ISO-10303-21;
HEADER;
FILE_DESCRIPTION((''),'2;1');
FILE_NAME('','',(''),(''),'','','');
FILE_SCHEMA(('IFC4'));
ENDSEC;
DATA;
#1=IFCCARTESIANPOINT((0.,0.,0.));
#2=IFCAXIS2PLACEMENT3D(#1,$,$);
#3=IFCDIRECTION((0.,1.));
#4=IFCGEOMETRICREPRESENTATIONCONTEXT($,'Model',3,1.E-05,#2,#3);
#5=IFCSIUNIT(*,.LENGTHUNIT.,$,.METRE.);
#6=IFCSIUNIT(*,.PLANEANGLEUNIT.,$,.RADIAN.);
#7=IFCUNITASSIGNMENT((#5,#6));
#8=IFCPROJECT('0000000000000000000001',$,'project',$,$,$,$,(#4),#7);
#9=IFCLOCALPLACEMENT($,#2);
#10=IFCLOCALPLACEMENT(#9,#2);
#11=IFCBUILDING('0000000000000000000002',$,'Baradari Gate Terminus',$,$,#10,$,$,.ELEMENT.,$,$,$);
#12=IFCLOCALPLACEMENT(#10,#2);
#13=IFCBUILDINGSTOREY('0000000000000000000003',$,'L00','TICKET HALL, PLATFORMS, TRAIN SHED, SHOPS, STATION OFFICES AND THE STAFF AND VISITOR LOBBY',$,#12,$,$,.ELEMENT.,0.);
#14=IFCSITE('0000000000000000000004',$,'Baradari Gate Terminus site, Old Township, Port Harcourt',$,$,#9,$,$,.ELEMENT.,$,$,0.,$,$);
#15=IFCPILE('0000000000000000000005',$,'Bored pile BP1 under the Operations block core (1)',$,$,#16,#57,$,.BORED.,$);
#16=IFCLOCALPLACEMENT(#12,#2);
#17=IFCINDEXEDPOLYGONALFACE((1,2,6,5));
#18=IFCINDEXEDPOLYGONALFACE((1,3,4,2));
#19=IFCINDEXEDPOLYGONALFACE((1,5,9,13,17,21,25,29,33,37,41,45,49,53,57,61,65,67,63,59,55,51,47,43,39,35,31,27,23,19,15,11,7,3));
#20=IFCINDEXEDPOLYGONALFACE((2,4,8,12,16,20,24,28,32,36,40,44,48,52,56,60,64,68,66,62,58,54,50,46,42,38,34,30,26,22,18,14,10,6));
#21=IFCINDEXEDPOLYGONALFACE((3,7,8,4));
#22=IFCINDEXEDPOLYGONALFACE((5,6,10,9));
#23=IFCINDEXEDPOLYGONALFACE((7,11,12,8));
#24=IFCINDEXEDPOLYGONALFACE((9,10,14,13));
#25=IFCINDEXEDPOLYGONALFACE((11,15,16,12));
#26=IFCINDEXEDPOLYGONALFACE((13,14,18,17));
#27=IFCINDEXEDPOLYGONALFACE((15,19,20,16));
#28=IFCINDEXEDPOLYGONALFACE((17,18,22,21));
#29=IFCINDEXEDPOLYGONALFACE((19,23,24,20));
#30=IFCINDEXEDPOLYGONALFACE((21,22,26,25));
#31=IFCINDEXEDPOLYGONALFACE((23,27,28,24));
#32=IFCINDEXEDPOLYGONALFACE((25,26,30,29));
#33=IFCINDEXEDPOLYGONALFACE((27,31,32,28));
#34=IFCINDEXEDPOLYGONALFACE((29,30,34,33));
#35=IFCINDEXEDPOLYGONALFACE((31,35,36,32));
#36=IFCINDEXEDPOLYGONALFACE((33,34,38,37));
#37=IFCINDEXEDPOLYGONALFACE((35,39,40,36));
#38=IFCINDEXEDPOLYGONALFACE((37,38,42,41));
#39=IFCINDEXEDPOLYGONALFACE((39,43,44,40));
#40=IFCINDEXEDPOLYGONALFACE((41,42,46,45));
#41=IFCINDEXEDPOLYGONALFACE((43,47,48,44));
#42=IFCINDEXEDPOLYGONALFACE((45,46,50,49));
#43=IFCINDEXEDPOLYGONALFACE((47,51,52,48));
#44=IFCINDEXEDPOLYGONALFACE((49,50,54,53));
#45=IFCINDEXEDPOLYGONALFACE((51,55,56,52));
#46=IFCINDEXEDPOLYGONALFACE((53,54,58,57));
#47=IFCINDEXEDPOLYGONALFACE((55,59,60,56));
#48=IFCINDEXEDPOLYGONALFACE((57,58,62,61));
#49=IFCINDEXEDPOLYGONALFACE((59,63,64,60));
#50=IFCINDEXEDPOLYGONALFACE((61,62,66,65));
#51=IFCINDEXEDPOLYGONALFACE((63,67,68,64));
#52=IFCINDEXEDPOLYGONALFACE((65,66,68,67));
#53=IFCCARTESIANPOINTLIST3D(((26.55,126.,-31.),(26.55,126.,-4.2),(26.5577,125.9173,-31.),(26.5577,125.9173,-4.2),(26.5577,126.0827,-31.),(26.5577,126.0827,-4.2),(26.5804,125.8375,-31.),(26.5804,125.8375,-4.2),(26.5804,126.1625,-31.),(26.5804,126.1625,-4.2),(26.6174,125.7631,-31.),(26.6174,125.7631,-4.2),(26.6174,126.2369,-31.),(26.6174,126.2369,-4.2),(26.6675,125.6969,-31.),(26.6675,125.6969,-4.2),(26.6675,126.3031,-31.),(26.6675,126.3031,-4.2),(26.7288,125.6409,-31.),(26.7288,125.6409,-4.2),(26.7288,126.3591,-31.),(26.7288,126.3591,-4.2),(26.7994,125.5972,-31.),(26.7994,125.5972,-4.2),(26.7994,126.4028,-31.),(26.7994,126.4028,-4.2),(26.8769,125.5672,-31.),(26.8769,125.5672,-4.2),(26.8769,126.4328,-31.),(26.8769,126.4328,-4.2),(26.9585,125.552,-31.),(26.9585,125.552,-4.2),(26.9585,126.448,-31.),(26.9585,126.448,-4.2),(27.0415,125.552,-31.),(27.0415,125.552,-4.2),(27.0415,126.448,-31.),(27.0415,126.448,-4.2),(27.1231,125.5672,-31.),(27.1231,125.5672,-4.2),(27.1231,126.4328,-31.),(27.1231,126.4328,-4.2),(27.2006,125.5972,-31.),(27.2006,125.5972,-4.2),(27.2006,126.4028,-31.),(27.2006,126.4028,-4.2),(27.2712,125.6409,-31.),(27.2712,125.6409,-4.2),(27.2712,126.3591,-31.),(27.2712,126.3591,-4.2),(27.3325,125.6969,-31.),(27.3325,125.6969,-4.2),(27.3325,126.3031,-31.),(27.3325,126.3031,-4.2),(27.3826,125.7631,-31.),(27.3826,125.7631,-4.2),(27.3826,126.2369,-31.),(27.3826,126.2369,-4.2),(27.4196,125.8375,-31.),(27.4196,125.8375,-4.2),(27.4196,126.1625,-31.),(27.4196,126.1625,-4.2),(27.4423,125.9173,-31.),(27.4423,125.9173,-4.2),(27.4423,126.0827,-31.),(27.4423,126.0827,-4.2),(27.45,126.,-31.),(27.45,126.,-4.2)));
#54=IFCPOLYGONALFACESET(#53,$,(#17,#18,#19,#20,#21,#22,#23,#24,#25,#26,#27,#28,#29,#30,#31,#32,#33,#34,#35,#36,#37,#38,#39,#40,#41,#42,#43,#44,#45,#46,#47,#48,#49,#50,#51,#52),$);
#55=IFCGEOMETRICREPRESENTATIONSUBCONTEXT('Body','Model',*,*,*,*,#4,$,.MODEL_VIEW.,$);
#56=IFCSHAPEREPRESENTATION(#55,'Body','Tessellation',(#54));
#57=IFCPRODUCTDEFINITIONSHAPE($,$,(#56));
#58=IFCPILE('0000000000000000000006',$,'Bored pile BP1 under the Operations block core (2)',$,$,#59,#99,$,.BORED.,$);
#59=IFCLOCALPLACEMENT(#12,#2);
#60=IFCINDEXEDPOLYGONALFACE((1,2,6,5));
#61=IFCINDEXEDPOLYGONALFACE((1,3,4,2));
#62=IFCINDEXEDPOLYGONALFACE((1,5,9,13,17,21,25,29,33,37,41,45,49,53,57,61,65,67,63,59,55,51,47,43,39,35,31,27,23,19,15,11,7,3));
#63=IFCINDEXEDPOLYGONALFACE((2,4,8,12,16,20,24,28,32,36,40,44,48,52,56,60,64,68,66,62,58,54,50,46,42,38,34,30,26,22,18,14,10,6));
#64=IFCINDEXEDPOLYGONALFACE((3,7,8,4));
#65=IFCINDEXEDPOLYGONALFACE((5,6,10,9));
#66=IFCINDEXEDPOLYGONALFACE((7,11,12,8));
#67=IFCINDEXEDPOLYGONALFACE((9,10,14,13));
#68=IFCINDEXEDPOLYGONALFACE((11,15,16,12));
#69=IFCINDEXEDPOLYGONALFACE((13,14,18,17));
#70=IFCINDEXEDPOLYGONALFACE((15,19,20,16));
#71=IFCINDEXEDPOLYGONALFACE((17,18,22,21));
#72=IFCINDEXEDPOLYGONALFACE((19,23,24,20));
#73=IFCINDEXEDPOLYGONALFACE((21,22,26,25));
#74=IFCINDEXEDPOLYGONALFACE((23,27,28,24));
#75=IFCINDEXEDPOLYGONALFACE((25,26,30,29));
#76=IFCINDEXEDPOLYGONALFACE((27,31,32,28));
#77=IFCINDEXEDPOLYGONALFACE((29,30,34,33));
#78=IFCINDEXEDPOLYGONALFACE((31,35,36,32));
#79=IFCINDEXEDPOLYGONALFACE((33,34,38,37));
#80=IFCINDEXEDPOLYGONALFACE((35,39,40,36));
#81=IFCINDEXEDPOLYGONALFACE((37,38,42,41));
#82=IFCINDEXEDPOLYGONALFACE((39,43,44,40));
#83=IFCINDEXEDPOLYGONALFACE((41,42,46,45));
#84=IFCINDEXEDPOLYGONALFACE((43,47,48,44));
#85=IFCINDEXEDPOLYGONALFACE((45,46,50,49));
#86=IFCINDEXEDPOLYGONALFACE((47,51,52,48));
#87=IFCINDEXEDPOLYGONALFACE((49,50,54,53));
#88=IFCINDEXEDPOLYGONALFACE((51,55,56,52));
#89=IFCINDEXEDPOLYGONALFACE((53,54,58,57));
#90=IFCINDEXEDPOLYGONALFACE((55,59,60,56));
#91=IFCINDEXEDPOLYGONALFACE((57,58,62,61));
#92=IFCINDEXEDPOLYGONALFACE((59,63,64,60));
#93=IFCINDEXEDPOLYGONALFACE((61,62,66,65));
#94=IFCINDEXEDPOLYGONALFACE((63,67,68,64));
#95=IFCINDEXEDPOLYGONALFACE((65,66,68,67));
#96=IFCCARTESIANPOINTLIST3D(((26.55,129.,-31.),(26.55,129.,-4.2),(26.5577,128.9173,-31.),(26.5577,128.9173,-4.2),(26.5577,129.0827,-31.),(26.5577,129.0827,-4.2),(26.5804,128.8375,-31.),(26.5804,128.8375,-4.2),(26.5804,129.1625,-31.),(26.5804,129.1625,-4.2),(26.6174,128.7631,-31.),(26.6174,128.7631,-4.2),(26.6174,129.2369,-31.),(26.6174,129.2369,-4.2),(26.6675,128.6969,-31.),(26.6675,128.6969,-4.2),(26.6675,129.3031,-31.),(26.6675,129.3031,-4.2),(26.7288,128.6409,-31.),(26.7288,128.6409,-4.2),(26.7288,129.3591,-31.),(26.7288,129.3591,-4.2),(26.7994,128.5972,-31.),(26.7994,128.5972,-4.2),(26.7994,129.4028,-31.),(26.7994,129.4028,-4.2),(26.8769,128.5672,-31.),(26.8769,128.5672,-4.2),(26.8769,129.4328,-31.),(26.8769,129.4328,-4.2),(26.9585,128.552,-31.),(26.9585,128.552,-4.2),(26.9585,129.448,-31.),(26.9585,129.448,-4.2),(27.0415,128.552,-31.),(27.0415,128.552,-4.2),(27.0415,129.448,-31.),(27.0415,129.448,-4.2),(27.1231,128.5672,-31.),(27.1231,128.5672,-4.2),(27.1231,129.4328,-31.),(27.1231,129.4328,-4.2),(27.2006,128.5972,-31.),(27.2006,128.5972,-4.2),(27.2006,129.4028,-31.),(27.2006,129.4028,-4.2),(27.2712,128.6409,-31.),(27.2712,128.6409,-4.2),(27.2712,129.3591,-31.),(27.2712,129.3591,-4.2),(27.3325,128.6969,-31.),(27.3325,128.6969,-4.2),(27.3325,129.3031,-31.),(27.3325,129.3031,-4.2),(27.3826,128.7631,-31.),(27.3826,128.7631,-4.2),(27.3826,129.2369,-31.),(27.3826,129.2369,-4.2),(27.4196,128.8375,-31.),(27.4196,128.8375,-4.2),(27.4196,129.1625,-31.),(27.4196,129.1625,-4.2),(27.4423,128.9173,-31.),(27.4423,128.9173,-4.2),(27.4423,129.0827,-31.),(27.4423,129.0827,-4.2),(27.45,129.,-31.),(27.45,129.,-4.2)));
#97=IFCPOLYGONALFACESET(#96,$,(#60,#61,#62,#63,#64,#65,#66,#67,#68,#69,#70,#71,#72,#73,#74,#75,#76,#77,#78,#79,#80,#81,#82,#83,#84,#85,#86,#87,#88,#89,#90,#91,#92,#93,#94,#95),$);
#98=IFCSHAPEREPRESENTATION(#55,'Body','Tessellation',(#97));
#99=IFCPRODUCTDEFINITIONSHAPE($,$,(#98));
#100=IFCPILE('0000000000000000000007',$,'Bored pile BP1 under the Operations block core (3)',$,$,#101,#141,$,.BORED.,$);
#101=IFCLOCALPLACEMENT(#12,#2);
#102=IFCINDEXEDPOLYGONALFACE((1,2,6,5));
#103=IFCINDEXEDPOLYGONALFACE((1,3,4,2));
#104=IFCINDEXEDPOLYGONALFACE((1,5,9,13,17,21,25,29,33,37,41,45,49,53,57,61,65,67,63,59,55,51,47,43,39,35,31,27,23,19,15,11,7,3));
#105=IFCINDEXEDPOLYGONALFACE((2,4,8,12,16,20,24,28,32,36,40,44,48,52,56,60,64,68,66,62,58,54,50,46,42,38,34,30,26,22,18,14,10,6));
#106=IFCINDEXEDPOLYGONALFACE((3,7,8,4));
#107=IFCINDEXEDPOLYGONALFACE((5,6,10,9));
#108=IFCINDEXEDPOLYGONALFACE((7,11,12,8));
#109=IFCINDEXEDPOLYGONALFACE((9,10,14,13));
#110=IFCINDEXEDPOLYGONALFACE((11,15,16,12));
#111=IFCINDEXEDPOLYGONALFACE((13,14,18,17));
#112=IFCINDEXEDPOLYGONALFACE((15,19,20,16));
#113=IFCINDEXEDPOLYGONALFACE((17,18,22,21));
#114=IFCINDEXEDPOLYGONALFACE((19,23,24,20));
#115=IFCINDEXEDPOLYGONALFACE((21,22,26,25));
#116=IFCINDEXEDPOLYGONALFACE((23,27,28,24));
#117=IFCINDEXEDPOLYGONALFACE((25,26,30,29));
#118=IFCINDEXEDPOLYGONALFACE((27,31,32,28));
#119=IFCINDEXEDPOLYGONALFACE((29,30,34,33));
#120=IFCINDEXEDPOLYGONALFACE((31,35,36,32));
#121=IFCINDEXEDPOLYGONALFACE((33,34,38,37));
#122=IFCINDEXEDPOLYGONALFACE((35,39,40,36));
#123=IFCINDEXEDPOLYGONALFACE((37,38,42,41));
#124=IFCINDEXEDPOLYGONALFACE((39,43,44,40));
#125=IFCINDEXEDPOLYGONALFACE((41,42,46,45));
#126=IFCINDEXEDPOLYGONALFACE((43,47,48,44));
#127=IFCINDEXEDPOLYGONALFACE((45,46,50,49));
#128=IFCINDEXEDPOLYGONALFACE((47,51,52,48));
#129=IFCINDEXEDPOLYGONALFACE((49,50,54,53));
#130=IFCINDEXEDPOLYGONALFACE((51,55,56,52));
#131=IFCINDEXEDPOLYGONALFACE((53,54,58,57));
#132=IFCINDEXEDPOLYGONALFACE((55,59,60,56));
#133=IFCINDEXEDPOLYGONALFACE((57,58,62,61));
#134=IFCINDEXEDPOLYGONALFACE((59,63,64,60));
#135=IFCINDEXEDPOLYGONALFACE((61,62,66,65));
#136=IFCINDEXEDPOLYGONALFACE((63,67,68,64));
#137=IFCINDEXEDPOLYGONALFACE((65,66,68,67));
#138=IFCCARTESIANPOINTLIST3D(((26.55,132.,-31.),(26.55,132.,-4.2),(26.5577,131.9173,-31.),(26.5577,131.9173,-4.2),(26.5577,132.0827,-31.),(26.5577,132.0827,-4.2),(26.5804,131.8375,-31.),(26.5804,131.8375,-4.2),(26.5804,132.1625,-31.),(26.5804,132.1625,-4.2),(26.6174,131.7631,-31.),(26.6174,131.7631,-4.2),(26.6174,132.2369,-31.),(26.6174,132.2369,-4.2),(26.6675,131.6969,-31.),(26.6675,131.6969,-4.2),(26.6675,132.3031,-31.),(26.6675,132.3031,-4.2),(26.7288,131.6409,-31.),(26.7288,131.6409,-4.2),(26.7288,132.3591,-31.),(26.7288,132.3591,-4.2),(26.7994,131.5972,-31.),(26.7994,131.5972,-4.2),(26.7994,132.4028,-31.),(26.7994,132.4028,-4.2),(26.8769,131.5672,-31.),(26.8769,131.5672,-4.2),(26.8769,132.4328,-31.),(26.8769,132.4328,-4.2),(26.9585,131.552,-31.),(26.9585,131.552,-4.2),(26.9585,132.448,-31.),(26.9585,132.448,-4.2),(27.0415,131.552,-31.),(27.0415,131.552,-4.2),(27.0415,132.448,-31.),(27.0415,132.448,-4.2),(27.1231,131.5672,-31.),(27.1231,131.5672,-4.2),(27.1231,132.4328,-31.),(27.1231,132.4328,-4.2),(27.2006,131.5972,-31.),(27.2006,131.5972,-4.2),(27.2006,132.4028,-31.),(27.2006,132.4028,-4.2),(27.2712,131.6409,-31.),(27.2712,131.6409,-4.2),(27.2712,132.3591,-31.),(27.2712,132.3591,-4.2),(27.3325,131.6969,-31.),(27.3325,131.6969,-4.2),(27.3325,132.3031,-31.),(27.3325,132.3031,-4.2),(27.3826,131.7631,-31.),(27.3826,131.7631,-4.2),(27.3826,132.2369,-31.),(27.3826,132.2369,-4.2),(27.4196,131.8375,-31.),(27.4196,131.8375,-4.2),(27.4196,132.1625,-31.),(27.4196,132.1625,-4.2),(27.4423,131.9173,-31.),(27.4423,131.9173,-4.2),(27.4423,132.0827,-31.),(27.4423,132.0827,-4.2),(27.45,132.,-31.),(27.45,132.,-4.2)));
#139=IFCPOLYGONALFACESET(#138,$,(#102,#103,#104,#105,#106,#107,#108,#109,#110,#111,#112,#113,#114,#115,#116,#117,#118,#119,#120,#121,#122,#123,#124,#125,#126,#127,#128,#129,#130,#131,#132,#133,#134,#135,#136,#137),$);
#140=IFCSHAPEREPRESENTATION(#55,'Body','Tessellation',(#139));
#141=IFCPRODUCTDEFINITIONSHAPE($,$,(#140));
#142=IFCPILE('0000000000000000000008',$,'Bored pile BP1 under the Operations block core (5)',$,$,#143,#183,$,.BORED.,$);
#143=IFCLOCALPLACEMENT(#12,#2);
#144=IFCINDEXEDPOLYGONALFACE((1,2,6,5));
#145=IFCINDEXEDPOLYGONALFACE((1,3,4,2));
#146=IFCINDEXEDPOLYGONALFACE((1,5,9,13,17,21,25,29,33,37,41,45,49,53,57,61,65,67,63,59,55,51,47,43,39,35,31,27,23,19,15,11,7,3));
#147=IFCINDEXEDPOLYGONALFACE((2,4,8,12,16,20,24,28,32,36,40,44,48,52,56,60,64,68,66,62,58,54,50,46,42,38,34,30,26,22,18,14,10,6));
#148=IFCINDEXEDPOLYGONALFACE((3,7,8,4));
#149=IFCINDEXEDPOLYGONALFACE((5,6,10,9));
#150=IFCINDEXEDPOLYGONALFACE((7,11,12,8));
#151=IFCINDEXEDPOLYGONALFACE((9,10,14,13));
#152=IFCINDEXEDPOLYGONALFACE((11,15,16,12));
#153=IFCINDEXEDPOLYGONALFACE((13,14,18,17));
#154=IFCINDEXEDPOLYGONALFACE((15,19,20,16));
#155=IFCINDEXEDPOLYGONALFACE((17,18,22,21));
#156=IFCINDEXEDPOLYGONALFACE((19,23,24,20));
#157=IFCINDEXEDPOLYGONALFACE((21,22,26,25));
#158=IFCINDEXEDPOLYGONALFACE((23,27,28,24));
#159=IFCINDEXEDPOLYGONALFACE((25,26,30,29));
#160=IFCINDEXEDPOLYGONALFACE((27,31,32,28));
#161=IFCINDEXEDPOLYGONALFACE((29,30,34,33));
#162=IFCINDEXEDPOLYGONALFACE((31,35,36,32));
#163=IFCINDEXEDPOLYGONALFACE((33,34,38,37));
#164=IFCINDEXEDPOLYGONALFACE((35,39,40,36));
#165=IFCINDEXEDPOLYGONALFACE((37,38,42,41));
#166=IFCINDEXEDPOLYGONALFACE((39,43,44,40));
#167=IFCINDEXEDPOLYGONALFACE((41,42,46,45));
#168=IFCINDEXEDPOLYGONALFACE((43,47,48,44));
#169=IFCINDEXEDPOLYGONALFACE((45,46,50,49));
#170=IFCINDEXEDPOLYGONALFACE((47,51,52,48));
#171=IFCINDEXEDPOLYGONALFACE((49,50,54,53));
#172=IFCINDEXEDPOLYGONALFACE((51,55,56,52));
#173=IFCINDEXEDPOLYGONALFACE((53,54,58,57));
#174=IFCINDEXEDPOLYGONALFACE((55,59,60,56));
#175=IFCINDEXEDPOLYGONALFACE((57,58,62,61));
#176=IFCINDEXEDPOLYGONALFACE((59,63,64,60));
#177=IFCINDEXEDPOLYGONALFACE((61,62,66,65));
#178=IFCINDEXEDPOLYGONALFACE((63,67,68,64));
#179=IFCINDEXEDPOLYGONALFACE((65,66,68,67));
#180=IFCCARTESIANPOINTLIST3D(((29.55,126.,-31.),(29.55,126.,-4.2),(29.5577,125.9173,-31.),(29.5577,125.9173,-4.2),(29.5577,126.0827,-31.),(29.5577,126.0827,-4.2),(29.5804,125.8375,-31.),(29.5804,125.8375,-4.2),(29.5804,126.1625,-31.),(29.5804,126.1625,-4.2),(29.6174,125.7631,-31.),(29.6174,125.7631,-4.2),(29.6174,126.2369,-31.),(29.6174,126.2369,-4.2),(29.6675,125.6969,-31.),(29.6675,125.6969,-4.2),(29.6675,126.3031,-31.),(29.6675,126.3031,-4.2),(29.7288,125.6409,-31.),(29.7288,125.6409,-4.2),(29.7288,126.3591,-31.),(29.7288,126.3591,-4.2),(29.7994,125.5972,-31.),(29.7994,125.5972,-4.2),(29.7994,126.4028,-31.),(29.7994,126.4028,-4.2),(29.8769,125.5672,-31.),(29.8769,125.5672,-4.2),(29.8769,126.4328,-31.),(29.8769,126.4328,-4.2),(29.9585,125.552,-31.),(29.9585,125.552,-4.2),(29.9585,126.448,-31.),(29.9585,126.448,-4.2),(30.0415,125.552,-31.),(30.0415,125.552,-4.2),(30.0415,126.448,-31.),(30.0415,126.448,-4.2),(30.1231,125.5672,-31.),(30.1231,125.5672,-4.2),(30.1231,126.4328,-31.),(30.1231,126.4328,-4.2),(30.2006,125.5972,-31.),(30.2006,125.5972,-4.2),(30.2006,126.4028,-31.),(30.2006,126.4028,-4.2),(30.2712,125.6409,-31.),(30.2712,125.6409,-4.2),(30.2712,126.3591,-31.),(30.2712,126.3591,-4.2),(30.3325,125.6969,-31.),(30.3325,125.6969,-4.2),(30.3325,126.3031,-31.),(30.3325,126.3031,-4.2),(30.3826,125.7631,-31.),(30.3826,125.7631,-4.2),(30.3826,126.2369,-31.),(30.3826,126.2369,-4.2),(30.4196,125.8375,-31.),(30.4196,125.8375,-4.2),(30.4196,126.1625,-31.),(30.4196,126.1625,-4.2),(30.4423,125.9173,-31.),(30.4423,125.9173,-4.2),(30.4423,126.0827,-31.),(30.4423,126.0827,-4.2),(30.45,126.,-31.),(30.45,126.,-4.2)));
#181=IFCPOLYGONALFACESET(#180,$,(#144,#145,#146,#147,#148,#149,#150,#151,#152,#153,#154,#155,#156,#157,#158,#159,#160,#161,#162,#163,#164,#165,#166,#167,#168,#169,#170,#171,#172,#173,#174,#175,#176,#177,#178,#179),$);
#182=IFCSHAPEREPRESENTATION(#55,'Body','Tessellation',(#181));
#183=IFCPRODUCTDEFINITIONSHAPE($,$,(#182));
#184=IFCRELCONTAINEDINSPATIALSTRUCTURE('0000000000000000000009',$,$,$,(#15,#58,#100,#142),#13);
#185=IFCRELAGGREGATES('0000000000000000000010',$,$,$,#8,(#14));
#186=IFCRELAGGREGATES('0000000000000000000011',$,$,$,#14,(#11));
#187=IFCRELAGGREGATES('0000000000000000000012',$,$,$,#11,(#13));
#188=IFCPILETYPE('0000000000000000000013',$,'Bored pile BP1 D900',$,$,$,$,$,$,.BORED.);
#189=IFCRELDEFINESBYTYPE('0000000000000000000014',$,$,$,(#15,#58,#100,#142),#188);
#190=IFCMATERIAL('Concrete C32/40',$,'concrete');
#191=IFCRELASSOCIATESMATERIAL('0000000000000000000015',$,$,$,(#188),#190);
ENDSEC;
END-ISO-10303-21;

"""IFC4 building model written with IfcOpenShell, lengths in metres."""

from ifc_helpers import new_model, si_unit, direction, frame, origin, origin_2d, place, context, subcontext, project, spatial, circle, extrude, material, type_object, element, save


model = new_model("IFC4")

# Units and contexts
model_context = context("Model", 3, precision=1e-05, world=origin(), true_north=direction((0.0, 1.0)))
body_context = subcontext(model_context, "Body", "Model", "MODEL_VIEW")
ifc_project = project(units=[si_unit("LENGTHUNIT", "METRE"), si_unit("PLANEANGLEUNIT", "RADIAN")], contexts=[model_context])

# Site, building, storey
site_placement = place(None, origin())
site = spatial("IfcSite", under=ifc_project, at=site_placement, Name="Baradari Gate Terminus site, Old Township, Port Harcourt", CompositionType="ELEMENT", RefElevation=0.0)
building_placement = place(site_placement, origin())
building = spatial("IfcBuilding", under=site, at=building_placement, Name="Baradari Gate Terminus", CompositionType="ELEMENT")
storey_placement = place(building_placement, origin())
storey = spatial("IfcBuildingStorey", under=building, at=storey_placement, Name="L00", Description="TICKET HALL, PLATFORMS, TRAIN SHED, SHOPS, STATION OFFICES AND THE STAFF AND VISITOR LOBBY", CompositionType="ELEMENT", Elevation=0.0)

# Piles
ifc_material_1 = material(Name="Concrete C32/40", Category="concrete")
pile_type_1 = type_object("IfcPileType", Name="Bored pile BP1 D900", PredefinedType="BORED", material=ifc_material_1)
for number, where, z_axis, x_axis, name in (
    (1, (27.0, 126.0, -4.2), (0.0, 0.0, -1.0), (1.0, 0.0, 0.0), "Bored pile BP1 under the Operations block core (1)"),
    (2, (27.0, 129.0, -4.2), (0.0, 0.0, -1.0), (1.0, 0.0, 0.0), "Bored pile BP1 under the Operations block core (2)"),
    (3, (27.0, 132.0, -4.2), (0.0, 0.0, -1.0), (1.0, 0.0, 0.0), "Bored pile BP1 under the Operations block core (3)"),
    (4, (30.0, 126.0, -4.2), (0.0, 0.0, -1.0), (1.0, 0.0, 0.0), "Bored pile BP1 under the Operations block core (5)"),
):
    element("IfcPile", number, at=place(storey_placement, frame(where, z_axis=z_axis, x_axis=x_axis)), inside=storey, type_object=pile_type_1, Name=name, PredefinedType="BORED", context=body_context, shape_type="SweptSolid", body=[
        extrude(circle(Radius=0.45, at=origin_2d()), origin(), (0.0, 0.0, 1.0), 26.8),
    ])

save(model, "model.ifc")
